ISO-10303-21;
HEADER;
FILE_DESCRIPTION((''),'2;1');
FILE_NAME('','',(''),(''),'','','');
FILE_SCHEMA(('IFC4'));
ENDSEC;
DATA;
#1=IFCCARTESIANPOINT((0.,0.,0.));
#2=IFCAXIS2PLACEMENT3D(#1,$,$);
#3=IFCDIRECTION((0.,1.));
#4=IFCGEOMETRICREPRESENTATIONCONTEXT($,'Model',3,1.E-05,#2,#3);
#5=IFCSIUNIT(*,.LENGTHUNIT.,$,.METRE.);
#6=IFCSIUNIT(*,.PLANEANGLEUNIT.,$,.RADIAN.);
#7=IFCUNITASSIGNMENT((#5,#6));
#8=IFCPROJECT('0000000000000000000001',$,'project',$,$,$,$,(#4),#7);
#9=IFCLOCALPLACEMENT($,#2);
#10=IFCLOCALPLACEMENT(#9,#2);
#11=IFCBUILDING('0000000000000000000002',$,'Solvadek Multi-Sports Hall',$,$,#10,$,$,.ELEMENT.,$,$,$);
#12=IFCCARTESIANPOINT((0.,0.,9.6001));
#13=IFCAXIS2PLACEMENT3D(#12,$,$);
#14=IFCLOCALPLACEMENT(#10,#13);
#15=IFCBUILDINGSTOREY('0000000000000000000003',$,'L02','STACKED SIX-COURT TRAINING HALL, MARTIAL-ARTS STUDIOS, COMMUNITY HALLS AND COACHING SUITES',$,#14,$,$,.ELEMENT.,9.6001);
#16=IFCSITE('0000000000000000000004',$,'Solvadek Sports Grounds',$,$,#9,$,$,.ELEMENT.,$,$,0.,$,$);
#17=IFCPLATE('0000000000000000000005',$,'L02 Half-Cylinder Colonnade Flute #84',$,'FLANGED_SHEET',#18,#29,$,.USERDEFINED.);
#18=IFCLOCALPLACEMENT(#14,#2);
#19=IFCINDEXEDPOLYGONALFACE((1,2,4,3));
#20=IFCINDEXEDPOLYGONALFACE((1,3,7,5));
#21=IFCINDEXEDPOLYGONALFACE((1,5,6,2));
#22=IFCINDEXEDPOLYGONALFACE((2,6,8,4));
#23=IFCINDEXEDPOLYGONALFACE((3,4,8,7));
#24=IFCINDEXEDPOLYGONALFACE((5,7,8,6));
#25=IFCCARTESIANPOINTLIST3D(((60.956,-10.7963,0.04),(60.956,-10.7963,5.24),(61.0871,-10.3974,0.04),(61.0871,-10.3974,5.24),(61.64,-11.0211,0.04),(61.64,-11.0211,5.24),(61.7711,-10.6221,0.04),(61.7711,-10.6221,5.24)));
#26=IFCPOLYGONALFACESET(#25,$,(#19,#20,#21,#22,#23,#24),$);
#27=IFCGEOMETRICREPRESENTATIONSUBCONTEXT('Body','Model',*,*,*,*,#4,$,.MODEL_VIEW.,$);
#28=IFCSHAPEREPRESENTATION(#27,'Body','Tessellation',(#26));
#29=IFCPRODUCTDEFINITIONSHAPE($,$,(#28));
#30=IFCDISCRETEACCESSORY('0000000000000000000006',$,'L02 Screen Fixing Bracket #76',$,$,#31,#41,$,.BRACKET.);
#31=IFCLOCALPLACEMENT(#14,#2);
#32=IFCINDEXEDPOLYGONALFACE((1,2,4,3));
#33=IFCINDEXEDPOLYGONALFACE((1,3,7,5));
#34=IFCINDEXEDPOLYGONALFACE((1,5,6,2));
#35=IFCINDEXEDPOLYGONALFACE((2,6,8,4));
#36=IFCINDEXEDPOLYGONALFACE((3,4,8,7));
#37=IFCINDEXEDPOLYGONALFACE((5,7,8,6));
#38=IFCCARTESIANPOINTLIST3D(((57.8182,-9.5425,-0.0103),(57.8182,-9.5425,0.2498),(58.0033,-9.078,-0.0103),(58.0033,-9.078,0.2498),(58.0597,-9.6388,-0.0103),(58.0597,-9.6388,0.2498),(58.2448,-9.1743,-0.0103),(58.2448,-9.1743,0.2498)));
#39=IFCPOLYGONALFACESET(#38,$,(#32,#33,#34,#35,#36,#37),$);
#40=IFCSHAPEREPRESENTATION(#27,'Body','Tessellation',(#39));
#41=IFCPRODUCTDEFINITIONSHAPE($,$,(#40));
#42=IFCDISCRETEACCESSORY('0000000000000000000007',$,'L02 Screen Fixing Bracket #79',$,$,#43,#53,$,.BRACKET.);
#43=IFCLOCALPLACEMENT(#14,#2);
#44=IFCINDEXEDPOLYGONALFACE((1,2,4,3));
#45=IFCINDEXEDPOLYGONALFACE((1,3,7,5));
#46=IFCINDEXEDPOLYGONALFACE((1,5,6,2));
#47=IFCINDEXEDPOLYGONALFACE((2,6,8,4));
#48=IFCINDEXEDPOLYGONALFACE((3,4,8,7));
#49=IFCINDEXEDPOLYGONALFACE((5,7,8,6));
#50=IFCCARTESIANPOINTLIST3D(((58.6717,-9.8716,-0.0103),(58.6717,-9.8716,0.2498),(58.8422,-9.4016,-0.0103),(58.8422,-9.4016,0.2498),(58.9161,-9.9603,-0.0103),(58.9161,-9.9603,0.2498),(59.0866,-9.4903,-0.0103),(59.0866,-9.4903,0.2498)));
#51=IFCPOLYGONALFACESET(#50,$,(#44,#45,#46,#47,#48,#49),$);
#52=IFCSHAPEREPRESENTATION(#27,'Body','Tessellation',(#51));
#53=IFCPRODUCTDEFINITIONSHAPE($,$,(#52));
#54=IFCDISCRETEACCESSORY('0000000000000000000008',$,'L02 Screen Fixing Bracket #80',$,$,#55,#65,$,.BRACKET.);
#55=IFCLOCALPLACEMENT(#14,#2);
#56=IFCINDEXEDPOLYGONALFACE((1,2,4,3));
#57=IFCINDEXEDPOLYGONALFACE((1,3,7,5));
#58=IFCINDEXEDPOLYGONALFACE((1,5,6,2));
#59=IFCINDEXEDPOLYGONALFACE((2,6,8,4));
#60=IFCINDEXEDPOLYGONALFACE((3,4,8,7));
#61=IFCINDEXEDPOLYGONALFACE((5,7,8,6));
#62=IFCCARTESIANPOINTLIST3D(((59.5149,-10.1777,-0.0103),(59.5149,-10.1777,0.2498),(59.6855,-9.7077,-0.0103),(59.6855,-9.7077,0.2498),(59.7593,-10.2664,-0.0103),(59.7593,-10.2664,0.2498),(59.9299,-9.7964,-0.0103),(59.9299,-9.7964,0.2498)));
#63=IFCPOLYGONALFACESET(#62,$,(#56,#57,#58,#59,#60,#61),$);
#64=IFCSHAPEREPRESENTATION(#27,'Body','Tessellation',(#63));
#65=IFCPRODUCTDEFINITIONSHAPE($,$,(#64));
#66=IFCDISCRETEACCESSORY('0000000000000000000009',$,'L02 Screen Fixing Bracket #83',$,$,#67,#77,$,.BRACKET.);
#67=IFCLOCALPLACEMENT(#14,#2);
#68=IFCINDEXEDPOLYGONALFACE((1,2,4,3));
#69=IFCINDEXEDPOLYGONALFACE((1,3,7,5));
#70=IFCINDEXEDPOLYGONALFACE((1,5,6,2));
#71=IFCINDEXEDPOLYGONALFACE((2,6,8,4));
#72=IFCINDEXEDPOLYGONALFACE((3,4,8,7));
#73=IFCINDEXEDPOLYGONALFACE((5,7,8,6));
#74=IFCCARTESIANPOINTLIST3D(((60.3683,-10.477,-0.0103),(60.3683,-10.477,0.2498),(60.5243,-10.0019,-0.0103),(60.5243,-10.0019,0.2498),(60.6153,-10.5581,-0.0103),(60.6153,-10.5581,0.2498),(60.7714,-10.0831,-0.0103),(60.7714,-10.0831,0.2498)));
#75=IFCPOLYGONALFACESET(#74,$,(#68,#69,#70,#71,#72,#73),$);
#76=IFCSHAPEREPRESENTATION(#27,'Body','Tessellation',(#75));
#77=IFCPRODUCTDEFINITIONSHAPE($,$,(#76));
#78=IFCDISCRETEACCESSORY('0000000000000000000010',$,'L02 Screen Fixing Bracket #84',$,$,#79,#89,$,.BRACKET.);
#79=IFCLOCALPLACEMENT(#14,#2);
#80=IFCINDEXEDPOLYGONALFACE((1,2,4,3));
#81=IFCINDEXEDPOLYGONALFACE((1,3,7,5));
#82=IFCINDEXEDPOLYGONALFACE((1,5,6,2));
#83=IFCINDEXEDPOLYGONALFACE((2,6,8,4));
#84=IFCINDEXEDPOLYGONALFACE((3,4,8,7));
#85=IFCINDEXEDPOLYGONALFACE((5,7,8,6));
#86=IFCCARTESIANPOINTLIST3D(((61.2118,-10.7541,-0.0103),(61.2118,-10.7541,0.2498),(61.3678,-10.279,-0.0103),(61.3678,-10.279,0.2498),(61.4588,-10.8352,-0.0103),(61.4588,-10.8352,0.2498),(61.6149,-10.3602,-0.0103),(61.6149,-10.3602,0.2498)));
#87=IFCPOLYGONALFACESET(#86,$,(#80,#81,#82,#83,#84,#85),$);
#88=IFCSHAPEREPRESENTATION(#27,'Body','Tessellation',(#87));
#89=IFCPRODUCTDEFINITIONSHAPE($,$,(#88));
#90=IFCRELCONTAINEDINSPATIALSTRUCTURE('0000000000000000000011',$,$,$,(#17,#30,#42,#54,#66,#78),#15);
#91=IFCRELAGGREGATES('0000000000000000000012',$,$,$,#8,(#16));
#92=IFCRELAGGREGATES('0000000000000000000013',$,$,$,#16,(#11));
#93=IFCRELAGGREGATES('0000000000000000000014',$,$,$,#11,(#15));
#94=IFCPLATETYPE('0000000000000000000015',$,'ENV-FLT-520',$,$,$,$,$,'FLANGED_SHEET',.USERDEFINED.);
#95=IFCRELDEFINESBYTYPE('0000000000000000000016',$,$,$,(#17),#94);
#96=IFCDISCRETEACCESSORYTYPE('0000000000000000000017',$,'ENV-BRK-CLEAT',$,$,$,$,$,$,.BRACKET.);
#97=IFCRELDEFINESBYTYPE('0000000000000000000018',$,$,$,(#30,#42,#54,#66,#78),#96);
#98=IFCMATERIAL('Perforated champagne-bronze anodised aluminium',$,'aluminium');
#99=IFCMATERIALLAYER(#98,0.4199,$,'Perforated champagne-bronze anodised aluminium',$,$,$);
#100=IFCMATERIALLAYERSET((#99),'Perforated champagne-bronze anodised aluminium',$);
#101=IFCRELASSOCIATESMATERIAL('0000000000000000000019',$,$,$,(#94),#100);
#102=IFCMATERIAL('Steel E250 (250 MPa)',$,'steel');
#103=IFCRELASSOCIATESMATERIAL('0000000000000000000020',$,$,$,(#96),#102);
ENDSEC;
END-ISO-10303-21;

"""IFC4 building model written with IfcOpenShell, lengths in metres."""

from ifc_helpers import new_model, si_unit, direction, frame, origin, origin_2d, place, context, subcontext, project, spatial, rectangle, extrude, material, layer, layer_set, type_object, element, save


model = new_model("IFC4")

# Units and contexts
model_context = context("Model", 3, precision=1e-05, world=origin(), true_north=direction((0.0, 1.0)))
body_context = subcontext(model_context, "Body", "Model", "MODEL_VIEW")
ifc_project = project(units=[si_unit("LENGTHUNIT", "METRE"), si_unit("PLANEANGLEUNIT", "RADIAN")], contexts=[model_context])

# Site, building, storey
site_placement = place(None, origin())
site = spatial("IfcSite", under=ifc_project, at=site_placement, Name="Solvadek Sports Grounds", CompositionType="ELEMENT", RefElevation=0.0)
building_placement = place(site_placement, origin())
building = spatial("IfcBuilding", under=site, at=building_placement, Name="Solvadek Multi-Sports Hall", CompositionType="ELEMENT")
storey_placement = place(building_placement, frame((0.0, 0.0, 9.6001)))
storey = spatial("IfcBuildingStorey", under=building, at=storey_placement, Name="L02", Description="STACKED SIX-COURT TRAINING HALL, MARTIAL-ARTS STUDIOS, COMMUNITY HALLS AND COACHING SUITES", CompositionType="ELEMENT", Elevation=9.6001)

# Plate
ifc_material_1 = material(Name="Perforated champagne-bronze anodised aluminium", Category="aluminium")
ifc_layer_1 = layer(ifc_material_1, 0.4199, Name="Perforated champagne-bronze anodised aluminium")
ifc_layer_set_1 = layer_set([ifc_layer_1], Name="Perforated champagne-bronze anodised aluminium")
plate_type_1 = type_object("IfcPlateType", Name="ENV-FLT-520", ElementType="FLANGED_SHEET", PredefinedType="USERDEFINED", material=ifc_layer_set_1)
for number, where, z_axis, x_axis, name in (
    (1, (61.3635, -10.7092, 0.04), (0.0, 0.0, 1.0), (0.950043, -0.312119, 0.0), "L02 Half-Cylinder Colonnade Flute #84"),
):
    element("IfcPlate", number, at=place(storey_placement, frame(where, z_axis=z_axis, x_axis=x_axis)), inside=storey, type_object=plate_type_1, Name=name, ObjectType="FLANGED_SHEET", PredefinedType="USERDEFINED", context=body_context, shape_type="SweptSolid", body=[
        extrude(rectangle(XDim=0.72, YDim=0.4199, at=origin_2d()), origin(), (0.0, 0.0, 1.0), 5.2),
    ])

# Discrete accessories
ifc_material_2 = material(Name="Steel E250 (250 MPa)", Category="steel")
discrete_accessory_type = type_object("IfcDiscreteAccessoryType", Name="ENV-BRK-CLEAT", PredefinedType="BRACKET", material=ifc_material_2)
for number, where, z_axis, x_axis, name in (
    (2, (58.0315, -9.3584, -0.0103), (0.0, 0.0, 1.0), (0.928981, -0.370128, 0.0), "L02 Screen Fixing Bracket #76"),
    (3, (58.8792, -9.6809, -0.0103), (0.0, 0.0, 1.0), (0.940005, -0.341161, 0.0), "L02 Screen Fixing Bracket #79"),
    (4, (59.7224, -9.9871, -0.0103), (0.0, 0.0, 1.0), (0.940005, -0.341161, 0.0), "L02 Screen Fixing Bracket #80"),
    (5, (60.5698, -10.28, -0.0103), (0.0, 0.0, 1.0), (0.950043, -0.312119, 0.0), "L02 Screen Fixing Bracket #83"),
    (6, (61.4133, -10.5571, -0.0103), (0.0, 0.0, 1.0), (0.950043, -0.312119, 0.0), "L02 Screen Fixing Bracket #84"),
):
    element("IfcDiscreteAccessory", number, at=place(storey_placement, frame(where, z_axis=z_axis, x_axis=x_axis)), inside=storey, type_object=discrete_accessory_type, Name=name, PredefinedType="BRACKET", context=body_context, shape_type="SweptSolid", body=[
        extrude(rectangle(XDim=0.26, YDim=0.5, at=origin_2d()), origin(), (0.0, 0.0, 1.0), 0.26),
    ])

save(model, "model.ifc")
